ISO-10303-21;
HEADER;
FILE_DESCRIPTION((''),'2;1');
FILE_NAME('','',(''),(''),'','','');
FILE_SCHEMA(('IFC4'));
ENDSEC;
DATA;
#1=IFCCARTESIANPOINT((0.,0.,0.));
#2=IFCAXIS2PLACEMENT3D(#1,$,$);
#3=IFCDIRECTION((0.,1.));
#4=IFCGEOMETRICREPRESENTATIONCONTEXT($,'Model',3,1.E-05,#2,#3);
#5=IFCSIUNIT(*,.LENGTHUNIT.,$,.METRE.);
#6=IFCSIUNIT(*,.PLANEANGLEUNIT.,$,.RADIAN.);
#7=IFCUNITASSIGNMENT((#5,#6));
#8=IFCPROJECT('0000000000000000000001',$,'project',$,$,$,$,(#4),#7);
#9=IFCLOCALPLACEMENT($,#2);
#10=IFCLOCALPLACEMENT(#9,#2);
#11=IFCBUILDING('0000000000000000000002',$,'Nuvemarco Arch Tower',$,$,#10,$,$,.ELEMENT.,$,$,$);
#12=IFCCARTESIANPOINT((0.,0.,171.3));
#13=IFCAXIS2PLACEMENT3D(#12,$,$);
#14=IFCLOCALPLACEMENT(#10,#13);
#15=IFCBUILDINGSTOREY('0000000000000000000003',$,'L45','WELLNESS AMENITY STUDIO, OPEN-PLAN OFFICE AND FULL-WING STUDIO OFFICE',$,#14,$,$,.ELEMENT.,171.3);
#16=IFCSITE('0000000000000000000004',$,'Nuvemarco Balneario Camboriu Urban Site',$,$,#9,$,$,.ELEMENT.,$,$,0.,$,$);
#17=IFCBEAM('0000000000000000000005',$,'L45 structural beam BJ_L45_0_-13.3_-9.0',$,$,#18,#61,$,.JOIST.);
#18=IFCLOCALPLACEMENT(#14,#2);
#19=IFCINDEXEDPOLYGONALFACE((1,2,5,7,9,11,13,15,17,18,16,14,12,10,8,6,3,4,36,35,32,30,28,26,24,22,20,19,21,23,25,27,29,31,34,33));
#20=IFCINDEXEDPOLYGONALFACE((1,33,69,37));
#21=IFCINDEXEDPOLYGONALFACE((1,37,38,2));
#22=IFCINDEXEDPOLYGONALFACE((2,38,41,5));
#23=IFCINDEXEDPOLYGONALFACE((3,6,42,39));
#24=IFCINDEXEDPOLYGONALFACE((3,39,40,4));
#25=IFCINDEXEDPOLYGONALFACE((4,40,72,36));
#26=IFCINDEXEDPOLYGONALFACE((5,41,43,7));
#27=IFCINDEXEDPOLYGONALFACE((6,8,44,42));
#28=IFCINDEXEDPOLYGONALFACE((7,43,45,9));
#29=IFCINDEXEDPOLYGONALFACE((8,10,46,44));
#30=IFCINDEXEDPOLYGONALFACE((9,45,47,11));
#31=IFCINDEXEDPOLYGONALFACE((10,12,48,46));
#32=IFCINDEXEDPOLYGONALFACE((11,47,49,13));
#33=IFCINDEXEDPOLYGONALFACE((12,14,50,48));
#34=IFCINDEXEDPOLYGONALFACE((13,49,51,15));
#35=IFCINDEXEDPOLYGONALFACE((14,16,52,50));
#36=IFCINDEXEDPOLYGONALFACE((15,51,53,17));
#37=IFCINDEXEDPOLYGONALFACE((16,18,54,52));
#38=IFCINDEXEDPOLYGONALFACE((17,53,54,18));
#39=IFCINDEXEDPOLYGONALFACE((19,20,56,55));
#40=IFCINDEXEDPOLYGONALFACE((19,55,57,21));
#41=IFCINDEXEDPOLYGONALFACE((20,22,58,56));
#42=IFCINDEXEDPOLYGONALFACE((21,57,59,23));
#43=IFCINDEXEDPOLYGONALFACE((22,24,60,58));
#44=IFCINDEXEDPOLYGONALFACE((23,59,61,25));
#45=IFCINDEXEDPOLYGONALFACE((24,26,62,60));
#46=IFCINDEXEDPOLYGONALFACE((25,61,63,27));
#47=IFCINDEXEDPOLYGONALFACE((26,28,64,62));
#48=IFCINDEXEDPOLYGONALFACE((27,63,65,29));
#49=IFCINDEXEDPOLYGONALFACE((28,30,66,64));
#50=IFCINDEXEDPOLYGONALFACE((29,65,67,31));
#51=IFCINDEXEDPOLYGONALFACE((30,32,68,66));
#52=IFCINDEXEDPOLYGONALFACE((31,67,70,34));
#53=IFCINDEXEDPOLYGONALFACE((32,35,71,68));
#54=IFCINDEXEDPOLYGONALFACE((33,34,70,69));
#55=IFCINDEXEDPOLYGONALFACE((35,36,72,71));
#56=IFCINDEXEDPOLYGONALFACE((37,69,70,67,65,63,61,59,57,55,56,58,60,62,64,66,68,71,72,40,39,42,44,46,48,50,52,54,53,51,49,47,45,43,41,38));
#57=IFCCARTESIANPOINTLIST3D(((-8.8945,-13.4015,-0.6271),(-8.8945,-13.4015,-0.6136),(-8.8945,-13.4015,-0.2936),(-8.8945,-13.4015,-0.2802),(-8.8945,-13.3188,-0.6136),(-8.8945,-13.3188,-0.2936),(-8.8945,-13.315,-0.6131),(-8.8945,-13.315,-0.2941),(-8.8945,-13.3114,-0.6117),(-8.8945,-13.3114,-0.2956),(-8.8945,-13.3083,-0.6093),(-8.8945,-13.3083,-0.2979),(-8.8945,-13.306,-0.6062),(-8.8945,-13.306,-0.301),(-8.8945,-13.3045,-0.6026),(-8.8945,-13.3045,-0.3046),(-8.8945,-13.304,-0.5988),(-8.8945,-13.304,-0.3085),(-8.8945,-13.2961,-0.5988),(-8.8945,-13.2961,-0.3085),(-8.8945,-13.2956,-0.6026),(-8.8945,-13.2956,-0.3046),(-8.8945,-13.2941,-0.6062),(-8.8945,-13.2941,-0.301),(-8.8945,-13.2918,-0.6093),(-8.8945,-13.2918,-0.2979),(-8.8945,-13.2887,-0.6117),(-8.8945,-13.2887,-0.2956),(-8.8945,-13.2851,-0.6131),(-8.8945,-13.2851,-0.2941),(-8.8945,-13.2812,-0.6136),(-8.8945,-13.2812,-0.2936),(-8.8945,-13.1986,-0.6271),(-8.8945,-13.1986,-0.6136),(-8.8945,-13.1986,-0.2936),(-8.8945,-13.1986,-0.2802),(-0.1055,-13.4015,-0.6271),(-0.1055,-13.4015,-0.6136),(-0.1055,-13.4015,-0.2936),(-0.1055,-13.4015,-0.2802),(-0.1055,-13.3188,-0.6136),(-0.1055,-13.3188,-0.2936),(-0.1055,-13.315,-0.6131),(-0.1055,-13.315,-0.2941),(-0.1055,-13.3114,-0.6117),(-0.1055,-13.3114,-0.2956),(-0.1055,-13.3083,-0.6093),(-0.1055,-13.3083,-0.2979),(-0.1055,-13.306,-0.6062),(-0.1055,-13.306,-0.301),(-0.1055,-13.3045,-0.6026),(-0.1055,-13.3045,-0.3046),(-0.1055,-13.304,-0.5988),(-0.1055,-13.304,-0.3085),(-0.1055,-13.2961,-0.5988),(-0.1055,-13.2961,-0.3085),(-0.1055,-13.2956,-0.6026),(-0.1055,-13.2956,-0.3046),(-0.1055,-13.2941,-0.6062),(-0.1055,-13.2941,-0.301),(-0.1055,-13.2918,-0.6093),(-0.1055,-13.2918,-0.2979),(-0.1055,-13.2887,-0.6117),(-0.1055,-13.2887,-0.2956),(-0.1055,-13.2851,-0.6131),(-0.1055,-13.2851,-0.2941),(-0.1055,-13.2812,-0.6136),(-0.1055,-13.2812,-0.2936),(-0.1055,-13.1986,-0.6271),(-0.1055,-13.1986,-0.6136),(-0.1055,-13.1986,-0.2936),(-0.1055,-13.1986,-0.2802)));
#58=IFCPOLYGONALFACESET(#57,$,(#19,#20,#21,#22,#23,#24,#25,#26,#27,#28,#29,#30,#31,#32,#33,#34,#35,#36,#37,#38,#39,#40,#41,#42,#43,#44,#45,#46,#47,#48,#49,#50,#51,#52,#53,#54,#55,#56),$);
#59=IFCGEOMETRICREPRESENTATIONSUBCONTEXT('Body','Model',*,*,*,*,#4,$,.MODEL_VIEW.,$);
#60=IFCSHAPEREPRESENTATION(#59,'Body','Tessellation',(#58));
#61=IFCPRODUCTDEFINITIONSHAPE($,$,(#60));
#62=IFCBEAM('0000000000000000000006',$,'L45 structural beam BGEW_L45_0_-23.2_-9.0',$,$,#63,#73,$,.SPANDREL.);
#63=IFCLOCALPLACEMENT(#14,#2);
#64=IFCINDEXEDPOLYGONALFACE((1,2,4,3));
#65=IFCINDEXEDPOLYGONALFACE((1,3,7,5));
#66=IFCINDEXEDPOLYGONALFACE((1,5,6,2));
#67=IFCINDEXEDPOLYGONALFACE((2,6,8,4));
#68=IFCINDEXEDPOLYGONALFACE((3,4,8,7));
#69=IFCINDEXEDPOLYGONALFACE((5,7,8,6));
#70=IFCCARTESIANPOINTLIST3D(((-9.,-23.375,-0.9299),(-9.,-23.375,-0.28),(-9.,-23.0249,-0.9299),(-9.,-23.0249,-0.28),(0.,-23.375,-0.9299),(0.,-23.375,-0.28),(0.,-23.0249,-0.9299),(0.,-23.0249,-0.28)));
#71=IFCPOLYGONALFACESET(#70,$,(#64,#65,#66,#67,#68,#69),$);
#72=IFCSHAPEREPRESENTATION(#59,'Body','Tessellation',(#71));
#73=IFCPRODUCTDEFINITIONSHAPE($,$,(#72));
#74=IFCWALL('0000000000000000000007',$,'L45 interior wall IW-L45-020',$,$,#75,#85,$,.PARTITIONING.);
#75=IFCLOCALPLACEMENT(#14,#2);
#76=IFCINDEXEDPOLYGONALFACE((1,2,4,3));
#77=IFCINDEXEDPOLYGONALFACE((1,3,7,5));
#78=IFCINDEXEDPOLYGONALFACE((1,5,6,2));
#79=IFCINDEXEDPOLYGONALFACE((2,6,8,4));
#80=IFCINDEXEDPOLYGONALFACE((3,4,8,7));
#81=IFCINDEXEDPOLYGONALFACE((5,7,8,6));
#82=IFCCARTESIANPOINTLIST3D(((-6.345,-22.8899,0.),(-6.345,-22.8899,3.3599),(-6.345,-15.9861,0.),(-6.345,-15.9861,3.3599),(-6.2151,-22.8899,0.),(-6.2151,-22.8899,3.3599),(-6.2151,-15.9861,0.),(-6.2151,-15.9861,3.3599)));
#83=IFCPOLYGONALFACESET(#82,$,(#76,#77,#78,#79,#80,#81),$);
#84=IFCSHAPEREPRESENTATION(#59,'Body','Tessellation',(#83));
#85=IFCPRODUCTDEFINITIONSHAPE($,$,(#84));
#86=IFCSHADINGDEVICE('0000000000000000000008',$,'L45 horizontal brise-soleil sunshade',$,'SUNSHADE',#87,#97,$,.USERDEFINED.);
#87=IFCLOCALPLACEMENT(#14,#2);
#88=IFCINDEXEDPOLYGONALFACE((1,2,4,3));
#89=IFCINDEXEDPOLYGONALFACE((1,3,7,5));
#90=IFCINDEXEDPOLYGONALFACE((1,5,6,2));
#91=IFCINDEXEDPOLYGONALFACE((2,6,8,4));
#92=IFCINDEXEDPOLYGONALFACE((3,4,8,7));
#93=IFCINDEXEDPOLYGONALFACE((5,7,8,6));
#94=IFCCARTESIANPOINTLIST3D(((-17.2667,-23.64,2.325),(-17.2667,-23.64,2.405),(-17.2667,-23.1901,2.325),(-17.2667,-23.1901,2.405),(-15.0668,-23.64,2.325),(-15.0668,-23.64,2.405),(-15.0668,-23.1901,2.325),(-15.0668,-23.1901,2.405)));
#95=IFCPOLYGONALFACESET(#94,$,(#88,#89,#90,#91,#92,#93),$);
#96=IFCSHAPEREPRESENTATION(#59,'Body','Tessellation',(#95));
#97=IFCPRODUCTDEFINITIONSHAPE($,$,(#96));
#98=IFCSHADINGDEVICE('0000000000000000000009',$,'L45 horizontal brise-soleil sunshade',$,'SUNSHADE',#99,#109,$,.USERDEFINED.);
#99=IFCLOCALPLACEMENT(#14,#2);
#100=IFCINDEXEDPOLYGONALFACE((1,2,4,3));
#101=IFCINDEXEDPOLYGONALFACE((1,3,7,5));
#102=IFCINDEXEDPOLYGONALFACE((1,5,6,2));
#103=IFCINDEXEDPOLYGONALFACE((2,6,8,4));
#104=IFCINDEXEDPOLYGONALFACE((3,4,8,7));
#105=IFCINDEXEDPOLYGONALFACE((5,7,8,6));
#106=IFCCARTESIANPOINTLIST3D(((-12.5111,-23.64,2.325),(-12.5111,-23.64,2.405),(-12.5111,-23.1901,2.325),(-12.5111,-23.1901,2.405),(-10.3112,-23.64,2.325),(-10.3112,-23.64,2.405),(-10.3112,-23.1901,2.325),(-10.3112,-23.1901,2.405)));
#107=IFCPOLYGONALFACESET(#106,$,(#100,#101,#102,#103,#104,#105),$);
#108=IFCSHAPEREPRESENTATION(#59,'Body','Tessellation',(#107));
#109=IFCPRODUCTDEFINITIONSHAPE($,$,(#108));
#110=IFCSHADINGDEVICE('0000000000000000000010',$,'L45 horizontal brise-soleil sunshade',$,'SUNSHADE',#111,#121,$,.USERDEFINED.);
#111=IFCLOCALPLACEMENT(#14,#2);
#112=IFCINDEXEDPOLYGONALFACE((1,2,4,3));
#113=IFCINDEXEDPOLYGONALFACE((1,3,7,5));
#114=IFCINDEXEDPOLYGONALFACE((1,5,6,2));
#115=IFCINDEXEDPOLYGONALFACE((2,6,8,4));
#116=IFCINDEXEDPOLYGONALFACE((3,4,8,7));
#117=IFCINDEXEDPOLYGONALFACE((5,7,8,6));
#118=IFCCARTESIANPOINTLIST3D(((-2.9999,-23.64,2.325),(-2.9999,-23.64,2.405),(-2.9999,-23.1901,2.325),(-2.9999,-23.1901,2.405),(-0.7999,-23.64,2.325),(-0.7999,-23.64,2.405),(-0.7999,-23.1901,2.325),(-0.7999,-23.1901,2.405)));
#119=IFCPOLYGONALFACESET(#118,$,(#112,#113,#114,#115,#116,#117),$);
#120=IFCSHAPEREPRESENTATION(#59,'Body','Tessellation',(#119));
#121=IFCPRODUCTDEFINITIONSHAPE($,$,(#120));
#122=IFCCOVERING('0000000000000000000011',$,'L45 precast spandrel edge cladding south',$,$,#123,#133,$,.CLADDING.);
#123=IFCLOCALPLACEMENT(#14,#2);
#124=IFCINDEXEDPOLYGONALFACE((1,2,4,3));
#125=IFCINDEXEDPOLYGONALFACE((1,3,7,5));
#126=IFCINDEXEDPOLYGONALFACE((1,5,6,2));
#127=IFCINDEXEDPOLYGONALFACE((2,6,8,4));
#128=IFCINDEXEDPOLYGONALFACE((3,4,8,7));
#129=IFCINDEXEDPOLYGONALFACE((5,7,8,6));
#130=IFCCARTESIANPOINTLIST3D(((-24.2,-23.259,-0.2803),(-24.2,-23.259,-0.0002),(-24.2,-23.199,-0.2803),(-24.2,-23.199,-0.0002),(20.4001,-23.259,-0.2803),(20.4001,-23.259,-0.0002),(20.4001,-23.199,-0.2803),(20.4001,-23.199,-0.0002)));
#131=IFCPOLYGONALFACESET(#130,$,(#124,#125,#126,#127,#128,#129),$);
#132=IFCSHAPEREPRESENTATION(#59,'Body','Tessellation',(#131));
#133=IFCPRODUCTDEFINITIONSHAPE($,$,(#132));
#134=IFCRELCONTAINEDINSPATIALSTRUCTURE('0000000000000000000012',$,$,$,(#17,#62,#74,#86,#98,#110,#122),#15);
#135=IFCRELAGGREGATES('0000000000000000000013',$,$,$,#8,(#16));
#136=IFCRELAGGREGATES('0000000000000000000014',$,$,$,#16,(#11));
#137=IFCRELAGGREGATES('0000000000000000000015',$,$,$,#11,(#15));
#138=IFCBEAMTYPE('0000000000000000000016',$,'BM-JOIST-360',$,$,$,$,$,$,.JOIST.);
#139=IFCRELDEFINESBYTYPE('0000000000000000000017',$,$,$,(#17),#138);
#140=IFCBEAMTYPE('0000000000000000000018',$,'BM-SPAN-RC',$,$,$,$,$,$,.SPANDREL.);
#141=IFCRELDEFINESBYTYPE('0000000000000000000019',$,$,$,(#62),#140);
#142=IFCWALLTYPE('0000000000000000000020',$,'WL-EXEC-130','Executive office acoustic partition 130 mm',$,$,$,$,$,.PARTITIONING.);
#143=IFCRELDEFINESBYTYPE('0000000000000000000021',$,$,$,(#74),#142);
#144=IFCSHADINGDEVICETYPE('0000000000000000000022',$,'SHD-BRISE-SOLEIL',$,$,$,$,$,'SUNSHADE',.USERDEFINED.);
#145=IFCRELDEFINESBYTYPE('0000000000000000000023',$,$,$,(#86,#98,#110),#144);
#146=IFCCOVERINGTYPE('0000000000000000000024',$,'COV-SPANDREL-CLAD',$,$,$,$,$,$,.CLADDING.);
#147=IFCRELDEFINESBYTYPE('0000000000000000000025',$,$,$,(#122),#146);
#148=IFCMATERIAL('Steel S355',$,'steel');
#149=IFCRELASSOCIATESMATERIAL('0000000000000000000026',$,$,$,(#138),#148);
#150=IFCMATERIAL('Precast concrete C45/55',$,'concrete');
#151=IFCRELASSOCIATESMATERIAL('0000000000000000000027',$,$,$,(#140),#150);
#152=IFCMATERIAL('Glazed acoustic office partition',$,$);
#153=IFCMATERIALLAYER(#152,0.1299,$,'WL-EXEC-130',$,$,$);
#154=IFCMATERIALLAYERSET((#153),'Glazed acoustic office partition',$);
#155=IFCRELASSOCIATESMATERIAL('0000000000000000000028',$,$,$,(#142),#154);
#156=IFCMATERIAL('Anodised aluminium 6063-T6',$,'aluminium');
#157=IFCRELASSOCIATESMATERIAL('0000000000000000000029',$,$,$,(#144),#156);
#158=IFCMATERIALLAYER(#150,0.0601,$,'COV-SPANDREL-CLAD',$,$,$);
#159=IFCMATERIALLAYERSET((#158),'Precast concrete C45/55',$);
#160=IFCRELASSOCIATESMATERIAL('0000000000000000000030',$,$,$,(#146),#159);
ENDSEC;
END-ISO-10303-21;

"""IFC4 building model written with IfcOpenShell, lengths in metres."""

from ifc_helpers import new_model, si_unit, direction, frame, frame_2d, origin, origin_2d, place, context, subcontext, project, spatial, rectangle, i_section, extrude, source, transform, mapped, material, layer, layer_set, material_profile, profile_set, type_object, type_shapes, element, save


model = new_model("IFC4")

# Units and contexts
model_context = context("Model", 3, precision=1e-05, world=origin(), true_north=direction((0.0, 1.0)))
body_context = subcontext(model_context, "Body", "Model", "MODEL_VIEW")
ifc_project = project(units=[si_unit("LENGTHUNIT", "METRE"), si_unit("PLANEANGLEUNIT", "RADIAN")], contexts=[model_context])

# Site, building, storey
site_placement = place(None, origin())
site = spatial("IfcSite", under=ifc_project, at=site_placement, Name="Nuvemarco Balneario Camboriu Urban Site", CompositionType="ELEMENT", RefElevation=0.0)
building_placement = place(site_placement, origin())
building = spatial("IfcBuilding", under=site, at=building_placement, Name="Nuvemarco Arch Tower", CompositionType="ELEMENT")
storey_placement = place(building_placement, frame((0.0, 0.0, 171.3)))
storey = spatial("IfcBuildingStorey", under=building, at=storey_placement, Name="L45", Description="WELLNESS AMENITY STUDIO, OPEN-PLAN OFFICE AND FULL-WING STUDIO OFFICE", CompositionType="ELEMENT", Elevation=171.3)

# Shared definitions
ifc_material_1 = material(Name="Steel S355", Category="steel")

# Beams
ifc_material_profile_1 = material_profile(ifc_material_1, i_section(OverallWidth=0.2029, OverallDepth=0.3469, WebThickness=0.0078, FlangeThickness=0.0134, FilletRadius=0.0149, at=origin_2d()), Name="W360x64")
ifc_profile_set_1 = profile_set([ifc_material_profile_1], Name="Steel S355")
beam_type_1 = type_object("IfcBeamType", Name="BM-JOIST-360", PredefinedType="JOIST", material=ifc_profile_set_1)
beam_1_placement = place(storey_placement, frame((-8.8945, -13.3, -0.4536), z_axis=(1.0, 0.0, 0.0), x_axis=(0.0, 1.0, 0.0)))
element("IfcBeam", 1, at=beam_1_placement, inside=storey, type_object=beam_type_1, Name="L45 structural beam BJ_L45_0_-13.3_-9.0", PredefinedType="JOIST", context=body_context, shape_type="SweptSolid", body=[
    extrude(i_section(OverallWidth=0.2029, OverallDepth=0.3469, WebThickness=0.0078, FlangeThickness=0.0134, FilletRadius=0.0149, at=origin_2d()), origin(), (0.0, 0.0, 1.0), 8.7891),
])
ifc_material_2 = material(Name="Precast concrete C45/55", Category="concrete")
ifc_material_profile_2 = material_profile(ifc_material_2, rectangle(XDim=0.3501, YDim=0.6499, at=origin_2d()), Name="PC-SP-350x650")
ifc_profile_set_2 = profile_set([ifc_material_profile_2], Name="Precast concrete C45/55")
beam_type_2 = type_object("IfcBeamType", Name="BM-SPAN-RC", PredefinedType="SPANDREL", material=ifc_profile_set_2)
beam_2_placement = place(storey_placement, frame((-9.0, -23.2, -0.605), z_axis=(1.0, 0.0, 0.0), x_axis=(0.0, 1.0, 0.0)))
element("IfcBeam", 2, at=beam_2_placement, inside=storey, type_object=beam_type_2, Name="L45 structural beam BGEW_L45_0_-23.2_-9.0", PredefinedType="SPANDREL", context=body_context, shape_type="SweptSolid", body=[
    extrude(rectangle(XDim=0.3501, YDim=0.6499, at=origin_2d()), origin(), (0.0, 0.0, 1.0), 9.0),
])

# Wall
ifc_material_3 = material(Name="Glazed acoustic office partition")
ifc_layer_1 = layer(ifc_material_3, 0.1299, Name="WL-EXEC-130")
ifc_layer_set_1 = layer_set([ifc_layer_1], Name="Glazed acoustic office partition")
wall_type = type_object("IfcWallType", Name="WL-EXEC-130", Description="Executive office acoustic partition 130 mm", PredefinedType="PARTITIONING", material=ifc_layer_set_1)
wall_placement = place(storey_placement, frame((-6.28, -22.8899, 0.0), z_axis=(0.0, 0.0, 1.0), x_axis=(0.0, 1.0, 0.0)))
element("IfcWall", 3, at=wall_placement, inside=storey, type_object=wall_type, Name="L45 interior wall IW-L45-020", PredefinedType="PARTITIONING", context=body_context, shape_type="SweptSolid", body=[
    extrude(rectangle(XDim=6.9038, YDim=0.1299, at=frame_2d((3.4519, 0.0))), origin(), (0.0, 0.0, 1.0), 3.3599),
])

# Shading devices
ifc_material_4 = material(Name="Anodised aluminium 6063-T6", Category="aluminium")
shading_device_type = type_object("IfcShadingDeviceType", Name="SHD-BRISE-SOLEIL", ElementType="SUNSHADE", PredefinedType="USERDEFINED", material=ifc_material_4)
shared_shape_1 = source(origin(), body_context, "Body", "SweptSolid", [
    extrude(rectangle(XDim=2.2, YDim=0.45, at=origin_2d()), origin(), (0.0, 0.0, 1.0), 0.0801),
])
type_shapes(shading_device_type, [shared_shape_1])
for number, where, z_axis, x_axis, name in (
    (4, (-16.1667, -23.415, 2.325), (0.0, 0.0, 1.0), (1.0, 0.0, 0.0), "L45 horizontal brise-soleil sunshade"),
    (5, (-11.4111, -23.415, 2.325), (0.0, 0.0, 1.0), (1.0, 0.0, 0.0), "L45 horizontal brise-soleil sunshade"),
    (6, (-1.8999, -23.415, 2.325), (0.0, 0.0, 1.0), (1.0, 0.0, 0.0), "L45 horizontal brise-soleil sunshade"),
):
    element("IfcShadingDevice", number, at=place(storey_placement, frame(where, z_axis=z_axis, x_axis=x_axis)), inside=storey, type_object=shading_device_type, Name=name, ObjectType="SUNSHADE", PredefinedType="USERDEFINED", context=body_context, shape_type="MappedRepresentation", body=[
        mapped(shared_shape_1, transform((0.0, 0.0, 0.0), scale=1.0)),
    ])

# Covering
ifc_layer_2 = layer(ifc_material_2, 0.0601, Name="COV-SPANDREL-CLAD")
ifc_layer_set_2 = layer_set([ifc_layer_2], Name="Precast concrete C45/55")
covering_type = type_object("IfcCoveringType", Name="COV-SPANDREL-CLAD", PredefinedType="CLADDING", material=ifc_layer_set_2)
shared_shape_2 = source(origin(), body_context, "Body", "SweptSolid", [
    extrude(rectangle(XDim=44.6001, YDim=0.0601, at=origin_2d()), origin(), (0.0, 0.0, 1.0), 0.28),
])
type_shapes(covering_type, [shared_shape_2])
covering_placement = place(storey_placement, frame((-1.8999, -23.229, -0.2803), z_axis=(0.0, 0.0, 1.0), x_axis=(1.0, 0.0, 0.0)))
element("IfcCovering", 7, at=covering_placement, inside=storey, type_object=covering_type, Name="L45 precast spandrel edge cladding south", PredefinedType="CLADDING", context=body_context, shape_type="MappedRepresentation", body=[
    mapped(shared_shape_2, transform((0.0, 0.0, 0.0), scale=1.0)),
])

save(model, "model.ifc")
